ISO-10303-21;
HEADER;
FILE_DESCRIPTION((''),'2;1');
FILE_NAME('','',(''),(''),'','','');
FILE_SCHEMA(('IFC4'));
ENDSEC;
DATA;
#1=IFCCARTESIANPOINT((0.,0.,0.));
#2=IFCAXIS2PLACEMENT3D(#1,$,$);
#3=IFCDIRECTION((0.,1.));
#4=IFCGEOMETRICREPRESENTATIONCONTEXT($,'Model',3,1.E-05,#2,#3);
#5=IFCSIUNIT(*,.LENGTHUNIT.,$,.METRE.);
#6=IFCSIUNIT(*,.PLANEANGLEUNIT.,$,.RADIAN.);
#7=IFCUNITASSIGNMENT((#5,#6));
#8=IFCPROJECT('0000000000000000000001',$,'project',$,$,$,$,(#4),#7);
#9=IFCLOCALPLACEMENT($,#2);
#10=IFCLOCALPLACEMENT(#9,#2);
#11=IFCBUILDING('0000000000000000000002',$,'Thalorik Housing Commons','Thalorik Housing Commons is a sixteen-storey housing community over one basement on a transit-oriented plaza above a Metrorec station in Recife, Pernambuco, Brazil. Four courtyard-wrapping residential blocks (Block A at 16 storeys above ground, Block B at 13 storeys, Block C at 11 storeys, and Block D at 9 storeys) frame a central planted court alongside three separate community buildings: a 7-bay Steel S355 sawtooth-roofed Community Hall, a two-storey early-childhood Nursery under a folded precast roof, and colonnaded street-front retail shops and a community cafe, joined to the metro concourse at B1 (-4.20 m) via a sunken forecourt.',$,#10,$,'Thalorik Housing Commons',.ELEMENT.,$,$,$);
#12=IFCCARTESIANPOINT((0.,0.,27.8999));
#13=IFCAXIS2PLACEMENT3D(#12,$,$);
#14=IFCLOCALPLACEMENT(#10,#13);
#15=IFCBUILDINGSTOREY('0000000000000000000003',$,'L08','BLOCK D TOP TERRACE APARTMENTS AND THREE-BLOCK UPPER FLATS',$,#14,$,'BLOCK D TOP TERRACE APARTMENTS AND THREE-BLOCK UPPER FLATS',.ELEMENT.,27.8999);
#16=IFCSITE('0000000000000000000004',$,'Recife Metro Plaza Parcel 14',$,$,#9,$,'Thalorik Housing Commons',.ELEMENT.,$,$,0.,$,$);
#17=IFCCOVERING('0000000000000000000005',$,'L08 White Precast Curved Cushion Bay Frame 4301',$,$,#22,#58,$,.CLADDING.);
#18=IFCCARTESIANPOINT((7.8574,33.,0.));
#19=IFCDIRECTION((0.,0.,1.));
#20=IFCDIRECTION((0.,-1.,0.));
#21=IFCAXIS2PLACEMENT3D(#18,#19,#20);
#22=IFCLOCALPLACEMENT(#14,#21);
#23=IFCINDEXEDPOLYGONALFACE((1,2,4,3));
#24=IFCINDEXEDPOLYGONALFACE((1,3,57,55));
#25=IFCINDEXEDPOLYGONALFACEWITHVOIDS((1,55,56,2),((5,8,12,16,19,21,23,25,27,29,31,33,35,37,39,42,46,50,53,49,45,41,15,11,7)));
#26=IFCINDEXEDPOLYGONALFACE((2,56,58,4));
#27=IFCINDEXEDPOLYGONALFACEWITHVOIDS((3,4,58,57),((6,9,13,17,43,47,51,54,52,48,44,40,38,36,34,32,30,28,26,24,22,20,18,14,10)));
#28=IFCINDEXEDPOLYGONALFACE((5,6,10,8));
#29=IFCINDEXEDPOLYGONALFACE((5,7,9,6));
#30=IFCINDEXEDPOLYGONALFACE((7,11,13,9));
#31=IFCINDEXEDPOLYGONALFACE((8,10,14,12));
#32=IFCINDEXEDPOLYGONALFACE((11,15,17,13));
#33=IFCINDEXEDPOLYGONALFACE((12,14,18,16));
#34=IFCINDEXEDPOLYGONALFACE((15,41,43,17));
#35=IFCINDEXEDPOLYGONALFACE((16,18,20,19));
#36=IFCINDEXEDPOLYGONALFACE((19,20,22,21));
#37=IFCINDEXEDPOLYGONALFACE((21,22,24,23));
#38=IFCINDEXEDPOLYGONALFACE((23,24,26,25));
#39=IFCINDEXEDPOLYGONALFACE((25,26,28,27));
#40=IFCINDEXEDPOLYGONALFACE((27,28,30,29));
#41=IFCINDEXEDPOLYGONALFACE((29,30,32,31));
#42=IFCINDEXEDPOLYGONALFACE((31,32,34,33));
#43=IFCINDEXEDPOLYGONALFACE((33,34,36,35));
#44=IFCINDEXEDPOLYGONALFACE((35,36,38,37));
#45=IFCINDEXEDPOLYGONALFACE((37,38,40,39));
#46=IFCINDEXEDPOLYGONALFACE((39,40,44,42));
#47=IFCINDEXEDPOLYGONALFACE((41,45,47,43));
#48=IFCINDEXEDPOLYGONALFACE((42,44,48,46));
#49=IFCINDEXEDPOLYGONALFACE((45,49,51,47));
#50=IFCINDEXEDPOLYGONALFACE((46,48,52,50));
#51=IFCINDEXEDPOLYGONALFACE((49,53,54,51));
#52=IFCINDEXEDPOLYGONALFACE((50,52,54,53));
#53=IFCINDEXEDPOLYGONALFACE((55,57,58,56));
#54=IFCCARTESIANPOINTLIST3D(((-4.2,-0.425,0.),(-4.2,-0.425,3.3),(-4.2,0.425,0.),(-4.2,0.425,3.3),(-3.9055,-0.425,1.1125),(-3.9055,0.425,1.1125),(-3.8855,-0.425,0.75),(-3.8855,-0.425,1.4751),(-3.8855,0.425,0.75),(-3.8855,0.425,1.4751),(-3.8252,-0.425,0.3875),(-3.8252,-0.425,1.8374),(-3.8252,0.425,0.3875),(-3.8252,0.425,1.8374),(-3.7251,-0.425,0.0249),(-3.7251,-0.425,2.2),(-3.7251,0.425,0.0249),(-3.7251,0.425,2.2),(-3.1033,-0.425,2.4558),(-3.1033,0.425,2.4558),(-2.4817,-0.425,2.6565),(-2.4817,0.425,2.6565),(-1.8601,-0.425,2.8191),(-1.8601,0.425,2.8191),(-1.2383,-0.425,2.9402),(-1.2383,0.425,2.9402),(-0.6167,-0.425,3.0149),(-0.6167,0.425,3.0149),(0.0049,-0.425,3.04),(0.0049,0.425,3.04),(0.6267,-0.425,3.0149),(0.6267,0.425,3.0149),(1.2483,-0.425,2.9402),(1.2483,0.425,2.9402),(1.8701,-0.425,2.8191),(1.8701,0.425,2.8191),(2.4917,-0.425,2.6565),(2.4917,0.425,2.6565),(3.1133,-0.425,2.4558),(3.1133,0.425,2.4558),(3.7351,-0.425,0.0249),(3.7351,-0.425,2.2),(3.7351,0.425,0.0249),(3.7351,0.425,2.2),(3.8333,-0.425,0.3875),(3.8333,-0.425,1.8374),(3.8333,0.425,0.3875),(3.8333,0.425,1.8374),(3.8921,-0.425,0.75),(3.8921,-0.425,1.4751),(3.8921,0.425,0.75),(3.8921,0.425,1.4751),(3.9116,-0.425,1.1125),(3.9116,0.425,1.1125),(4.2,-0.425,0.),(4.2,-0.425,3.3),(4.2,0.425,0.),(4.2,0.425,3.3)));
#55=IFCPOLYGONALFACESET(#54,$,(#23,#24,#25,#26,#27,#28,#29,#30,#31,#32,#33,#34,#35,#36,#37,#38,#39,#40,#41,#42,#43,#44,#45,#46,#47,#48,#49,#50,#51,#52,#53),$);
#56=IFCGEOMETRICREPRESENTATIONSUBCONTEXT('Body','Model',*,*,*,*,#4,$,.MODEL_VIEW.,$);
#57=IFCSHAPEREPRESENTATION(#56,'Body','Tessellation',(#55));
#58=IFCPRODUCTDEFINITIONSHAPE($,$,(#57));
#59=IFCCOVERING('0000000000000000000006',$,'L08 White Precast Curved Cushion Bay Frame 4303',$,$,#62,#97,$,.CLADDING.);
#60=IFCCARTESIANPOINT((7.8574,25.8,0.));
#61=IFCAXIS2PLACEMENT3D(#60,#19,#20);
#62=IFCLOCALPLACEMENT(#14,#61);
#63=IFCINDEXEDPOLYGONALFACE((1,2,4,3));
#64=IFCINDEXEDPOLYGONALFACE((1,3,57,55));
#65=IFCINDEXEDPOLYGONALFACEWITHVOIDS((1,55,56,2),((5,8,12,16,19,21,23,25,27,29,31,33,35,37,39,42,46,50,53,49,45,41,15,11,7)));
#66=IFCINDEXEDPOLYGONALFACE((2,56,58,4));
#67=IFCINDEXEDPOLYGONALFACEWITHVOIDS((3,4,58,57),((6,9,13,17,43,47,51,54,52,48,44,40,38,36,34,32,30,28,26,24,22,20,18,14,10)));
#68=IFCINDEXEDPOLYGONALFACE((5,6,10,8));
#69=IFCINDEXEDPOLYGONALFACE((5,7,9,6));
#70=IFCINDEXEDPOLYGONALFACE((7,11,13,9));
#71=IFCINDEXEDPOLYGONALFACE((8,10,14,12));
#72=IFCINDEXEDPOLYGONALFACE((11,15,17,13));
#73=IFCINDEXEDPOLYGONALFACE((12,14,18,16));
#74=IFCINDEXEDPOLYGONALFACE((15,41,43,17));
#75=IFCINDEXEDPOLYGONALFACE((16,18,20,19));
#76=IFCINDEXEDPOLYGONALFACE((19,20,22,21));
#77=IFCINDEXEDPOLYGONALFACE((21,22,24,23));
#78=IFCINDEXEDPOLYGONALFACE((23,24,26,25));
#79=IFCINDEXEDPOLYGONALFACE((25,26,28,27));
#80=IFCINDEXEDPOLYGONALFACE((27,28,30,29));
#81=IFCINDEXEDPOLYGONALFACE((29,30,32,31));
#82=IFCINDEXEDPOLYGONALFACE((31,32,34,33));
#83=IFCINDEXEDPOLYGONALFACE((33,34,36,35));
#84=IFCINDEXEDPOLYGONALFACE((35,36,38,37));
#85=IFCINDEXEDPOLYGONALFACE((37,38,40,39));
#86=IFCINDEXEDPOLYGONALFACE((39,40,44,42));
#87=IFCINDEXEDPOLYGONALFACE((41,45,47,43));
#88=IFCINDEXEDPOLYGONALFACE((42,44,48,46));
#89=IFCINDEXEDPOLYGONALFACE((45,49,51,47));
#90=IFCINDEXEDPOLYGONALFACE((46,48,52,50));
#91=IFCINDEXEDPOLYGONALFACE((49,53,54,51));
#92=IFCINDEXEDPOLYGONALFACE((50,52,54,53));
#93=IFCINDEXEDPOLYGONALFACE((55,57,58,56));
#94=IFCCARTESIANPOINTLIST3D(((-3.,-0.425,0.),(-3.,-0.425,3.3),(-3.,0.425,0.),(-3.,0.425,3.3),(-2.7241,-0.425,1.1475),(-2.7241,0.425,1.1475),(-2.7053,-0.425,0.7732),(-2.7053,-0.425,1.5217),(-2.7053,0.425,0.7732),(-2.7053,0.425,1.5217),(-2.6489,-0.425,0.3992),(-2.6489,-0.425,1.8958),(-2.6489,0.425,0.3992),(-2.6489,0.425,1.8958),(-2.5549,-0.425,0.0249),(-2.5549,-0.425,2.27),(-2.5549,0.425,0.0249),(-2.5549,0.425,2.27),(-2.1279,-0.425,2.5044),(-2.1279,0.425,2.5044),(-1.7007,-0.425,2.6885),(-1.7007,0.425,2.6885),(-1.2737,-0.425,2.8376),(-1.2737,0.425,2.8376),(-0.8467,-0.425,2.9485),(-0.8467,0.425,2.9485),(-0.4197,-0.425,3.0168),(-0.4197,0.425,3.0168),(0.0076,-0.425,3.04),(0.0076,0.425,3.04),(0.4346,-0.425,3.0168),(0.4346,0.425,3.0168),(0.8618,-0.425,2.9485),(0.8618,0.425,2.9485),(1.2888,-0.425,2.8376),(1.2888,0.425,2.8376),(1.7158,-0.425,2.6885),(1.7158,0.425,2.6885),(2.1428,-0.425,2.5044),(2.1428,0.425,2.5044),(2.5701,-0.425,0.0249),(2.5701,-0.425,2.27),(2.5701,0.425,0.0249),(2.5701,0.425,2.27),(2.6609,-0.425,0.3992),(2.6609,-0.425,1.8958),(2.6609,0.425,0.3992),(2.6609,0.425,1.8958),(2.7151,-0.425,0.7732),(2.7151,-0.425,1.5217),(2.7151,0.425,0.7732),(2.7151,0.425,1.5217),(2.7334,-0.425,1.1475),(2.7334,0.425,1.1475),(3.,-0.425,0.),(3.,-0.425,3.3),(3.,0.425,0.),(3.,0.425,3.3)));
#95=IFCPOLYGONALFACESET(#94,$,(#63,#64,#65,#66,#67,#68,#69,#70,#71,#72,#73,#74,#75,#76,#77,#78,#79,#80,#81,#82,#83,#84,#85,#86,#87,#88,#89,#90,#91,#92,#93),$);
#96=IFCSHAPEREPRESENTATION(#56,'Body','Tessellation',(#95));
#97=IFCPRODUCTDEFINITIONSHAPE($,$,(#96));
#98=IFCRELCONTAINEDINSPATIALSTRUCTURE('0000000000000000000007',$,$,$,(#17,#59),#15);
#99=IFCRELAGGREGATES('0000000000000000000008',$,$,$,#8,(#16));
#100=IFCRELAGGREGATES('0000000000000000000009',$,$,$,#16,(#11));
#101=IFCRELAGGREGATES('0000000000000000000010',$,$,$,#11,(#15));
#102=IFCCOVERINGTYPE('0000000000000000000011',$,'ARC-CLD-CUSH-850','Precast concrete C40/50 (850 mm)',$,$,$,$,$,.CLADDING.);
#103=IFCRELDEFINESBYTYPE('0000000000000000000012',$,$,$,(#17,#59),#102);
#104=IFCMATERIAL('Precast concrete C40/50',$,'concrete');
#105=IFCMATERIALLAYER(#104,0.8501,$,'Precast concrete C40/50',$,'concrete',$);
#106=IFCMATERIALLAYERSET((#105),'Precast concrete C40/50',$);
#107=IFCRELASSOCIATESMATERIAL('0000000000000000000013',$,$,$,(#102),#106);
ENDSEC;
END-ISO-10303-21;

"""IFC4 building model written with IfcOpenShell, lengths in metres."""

from ifc_helpers import new_model, si_unit, direction, frame, origin, place, context, subcontext, project, spatial, polyline, outline, extrude, material, layer, layer_set, type_object, element, save


model = new_model("IFC4")

# Units and contexts
model_context = context("Model", 3, precision=1e-05, world=origin(), true_north=direction((0.0, 1.0)))
body_context = subcontext(model_context, "Body", "Model", "MODEL_VIEW")
ifc_project = project(units=[si_unit("LENGTHUNIT", "METRE"), si_unit("PLANEANGLEUNIT", "RADIAN")], contexts=[model_context])

# Site, building, storey
site_placement = place(None, origin())
site = spatial("IfcSite", under=ifc_project, at=site_placement, Name="Recife Metro Plaza Parcel 14", LongName="Thalorik Housing Commons", CompositionType="ELEMENT", RefElevation=0.0)
building_placement = place(site_placement, origin())
building = spatial("IfcBuilding", under=site, at=building_placement, Name="Thalorik Housing Commons", Description="Thalorik Housing Commons is a sixteen-storey housing community over one basement on a transit-oriented plaza above a Metrorec station in Recife, Pernambuco, Brazil. Four courtyard-wrapping residential blocks (Block A at 16 storeys above ground, Block B at 13 storeys, Block C at 11 storeys, and Block D at 9 storeys) frame a central planted court alongside three separate community buildings: a 7-bay Steel S355 sawtooth-roofed Community Hall, a two-storey early-childhood Nursery under a folded precast roof, and colonnaded street-front retail shops and a community cafe, joined to the metro concourse at B1 (-4.20 m) via a sunken forecourt.", LongName="Thalorik Housing Commons", CompositionType="ELEMENT")
storey_placement = place(building_placement, frame((0.0, 0.0, 27.8999)))
storey = spatial("IfcBuildingStorey", under=building, at=storey_placement, Name="L08", Description="BLOCK D TOP TERRACE APARTMENTS AND THREE-BLOCK UPPER FLATS", LongName="BLOCK D TOP TERRACE APARTMENTS AND THREE-BLOCK UPPER FLATS", CompositionType="ELEMENT", Elevation=27.8999)

# Shared definitions
ifc_material_1 = material(Name="Precast concrete C40/50", Category="concrete")

# Coverings
ifc_layer_1 = layer(ifc_material_1, 0.8501, Name="Precast concrete C40/50", Category="concrete")
ifc_layer_set_1 = layer_set([ifc_layer_1], Name="Precast concrete C40/50")
covering_type_1 = type_object("IfcCoveringType", Name="ARC-CLD-CUSH-850", Description="Precast concrete C40/50 (850 mm)", PredefinedType="CLADDING", material=ifc_layer_set_1)
covering_1_placement = place(storey_placement, frame((7.8574, 33.0, 0.0), z_axis=(0.0, 0.0, 1.0), x_axis=(0.0, -1.0, 0.0)))
element("IfcCovering", 1, at=covering_1_placement, inside=storey, type_object=covering_type_1, Name="L08 White Precast Curved Cushion Bay Frame 4301", PredefinedType="CLADDING", context=body_context, shape_type="SweptSolid", body=[
    extrude(outline(polyline([(-4.2, 0.0), (4.2, 0.0), (4.2, 3.3), (-4.2, 3.3), (-4.2, 0.0)]), holes=[polyline([(3.7351, 0.0249), (3.8333, 0.3875), (3.8921, 0.75), (3.9116, 1.1125), (3.8921, 1.4751), (3.8333, 1.8374), (3.7351, 2.2), (3.1133, 2.4558), (2.4917, 2.6565), (1.8701, 2.8191), (1.2483, 2.9402), (0.6267, 3.0149), (0.0049, 3.04), (-0.6167, 3.0149), (-1.2383, 2.9402), (-1.8601, 2.8191), (-2.4817, 2.6565), (-3.1033, 2.4558), (-3.7251, 2.2), (-3.8252, 1.8374), (-3.8855, 1.4751), (-3.9055, 1.1125), (-3.8855, 0.75), (-3.8252, 0.3875), (-3.7251, 0.0249), (3.7351, 0.0249)])]), frame((0.0, 0.425, 0.0), z_axis=(0.0, -1.0, 0.0), x_axis=(1.0, 0.0, 0.0)), (0.0, 0.0, 1.0), 0.8501),
])
covering_2_placement = place(storey_placement, frame((7.8574, 25.8, 0.0), z_axis=(0.0, 0.0, 1.0), x_axis=(0.0, -1.0, 0.0)))
element("IfcCovering", 2, at=covering_2_placement, inside=storey, type_object=covering_type_1, Name="L08 White Precast Curved Cushion Bay Frame 4303", PredefinedType="CLADDING", context=body_context, shape_type="SweptSolid", body=[
    extrude(outline(polyline([(-3.0, 0.0), (3.0, 0.0), (3.0, 3.3), (-3.0, 3.3), (-3.0, 0.0)]), holes=[polyline([(2.5701, 0.0249), (2.6609, 0.3992), (2.7151, 0.7732), (2.7334, 1.1475), (2.7151, 1.5217), (2.6609, 1.8958), (2.5701, 2.27), (2.1428, 2.5044), (1.7158, 2.6885), (1.2888, 2.8376), (0.8618, 2.9485), (0.4346, 3.0168), (0.0076, 3.04), (-0.4197, 3.0168), (-0.8467, 2.9485), (-1.2737, 2.8376), (-1.7007, 2.6885), (-2.1279, 2.5044), (-2.5549, 2.27), (-2.6489, 1.8958), (-2.7053, 1.5217), (-2.7241, 1.1475), (-2.7053, 0.7732), (-2.6489, 0.3992), (-2.5549, 0.0249), (2.5701, 0.0249)])]), frame((0.0, 0.425, 0.0), z_axis=(0.0, -1.0, 0.0), x_axis=(1.0, 0.0, 0.0)), (0.0, 0.0, 1.0), 0.8501),
])

save(model, "model.ifc")
